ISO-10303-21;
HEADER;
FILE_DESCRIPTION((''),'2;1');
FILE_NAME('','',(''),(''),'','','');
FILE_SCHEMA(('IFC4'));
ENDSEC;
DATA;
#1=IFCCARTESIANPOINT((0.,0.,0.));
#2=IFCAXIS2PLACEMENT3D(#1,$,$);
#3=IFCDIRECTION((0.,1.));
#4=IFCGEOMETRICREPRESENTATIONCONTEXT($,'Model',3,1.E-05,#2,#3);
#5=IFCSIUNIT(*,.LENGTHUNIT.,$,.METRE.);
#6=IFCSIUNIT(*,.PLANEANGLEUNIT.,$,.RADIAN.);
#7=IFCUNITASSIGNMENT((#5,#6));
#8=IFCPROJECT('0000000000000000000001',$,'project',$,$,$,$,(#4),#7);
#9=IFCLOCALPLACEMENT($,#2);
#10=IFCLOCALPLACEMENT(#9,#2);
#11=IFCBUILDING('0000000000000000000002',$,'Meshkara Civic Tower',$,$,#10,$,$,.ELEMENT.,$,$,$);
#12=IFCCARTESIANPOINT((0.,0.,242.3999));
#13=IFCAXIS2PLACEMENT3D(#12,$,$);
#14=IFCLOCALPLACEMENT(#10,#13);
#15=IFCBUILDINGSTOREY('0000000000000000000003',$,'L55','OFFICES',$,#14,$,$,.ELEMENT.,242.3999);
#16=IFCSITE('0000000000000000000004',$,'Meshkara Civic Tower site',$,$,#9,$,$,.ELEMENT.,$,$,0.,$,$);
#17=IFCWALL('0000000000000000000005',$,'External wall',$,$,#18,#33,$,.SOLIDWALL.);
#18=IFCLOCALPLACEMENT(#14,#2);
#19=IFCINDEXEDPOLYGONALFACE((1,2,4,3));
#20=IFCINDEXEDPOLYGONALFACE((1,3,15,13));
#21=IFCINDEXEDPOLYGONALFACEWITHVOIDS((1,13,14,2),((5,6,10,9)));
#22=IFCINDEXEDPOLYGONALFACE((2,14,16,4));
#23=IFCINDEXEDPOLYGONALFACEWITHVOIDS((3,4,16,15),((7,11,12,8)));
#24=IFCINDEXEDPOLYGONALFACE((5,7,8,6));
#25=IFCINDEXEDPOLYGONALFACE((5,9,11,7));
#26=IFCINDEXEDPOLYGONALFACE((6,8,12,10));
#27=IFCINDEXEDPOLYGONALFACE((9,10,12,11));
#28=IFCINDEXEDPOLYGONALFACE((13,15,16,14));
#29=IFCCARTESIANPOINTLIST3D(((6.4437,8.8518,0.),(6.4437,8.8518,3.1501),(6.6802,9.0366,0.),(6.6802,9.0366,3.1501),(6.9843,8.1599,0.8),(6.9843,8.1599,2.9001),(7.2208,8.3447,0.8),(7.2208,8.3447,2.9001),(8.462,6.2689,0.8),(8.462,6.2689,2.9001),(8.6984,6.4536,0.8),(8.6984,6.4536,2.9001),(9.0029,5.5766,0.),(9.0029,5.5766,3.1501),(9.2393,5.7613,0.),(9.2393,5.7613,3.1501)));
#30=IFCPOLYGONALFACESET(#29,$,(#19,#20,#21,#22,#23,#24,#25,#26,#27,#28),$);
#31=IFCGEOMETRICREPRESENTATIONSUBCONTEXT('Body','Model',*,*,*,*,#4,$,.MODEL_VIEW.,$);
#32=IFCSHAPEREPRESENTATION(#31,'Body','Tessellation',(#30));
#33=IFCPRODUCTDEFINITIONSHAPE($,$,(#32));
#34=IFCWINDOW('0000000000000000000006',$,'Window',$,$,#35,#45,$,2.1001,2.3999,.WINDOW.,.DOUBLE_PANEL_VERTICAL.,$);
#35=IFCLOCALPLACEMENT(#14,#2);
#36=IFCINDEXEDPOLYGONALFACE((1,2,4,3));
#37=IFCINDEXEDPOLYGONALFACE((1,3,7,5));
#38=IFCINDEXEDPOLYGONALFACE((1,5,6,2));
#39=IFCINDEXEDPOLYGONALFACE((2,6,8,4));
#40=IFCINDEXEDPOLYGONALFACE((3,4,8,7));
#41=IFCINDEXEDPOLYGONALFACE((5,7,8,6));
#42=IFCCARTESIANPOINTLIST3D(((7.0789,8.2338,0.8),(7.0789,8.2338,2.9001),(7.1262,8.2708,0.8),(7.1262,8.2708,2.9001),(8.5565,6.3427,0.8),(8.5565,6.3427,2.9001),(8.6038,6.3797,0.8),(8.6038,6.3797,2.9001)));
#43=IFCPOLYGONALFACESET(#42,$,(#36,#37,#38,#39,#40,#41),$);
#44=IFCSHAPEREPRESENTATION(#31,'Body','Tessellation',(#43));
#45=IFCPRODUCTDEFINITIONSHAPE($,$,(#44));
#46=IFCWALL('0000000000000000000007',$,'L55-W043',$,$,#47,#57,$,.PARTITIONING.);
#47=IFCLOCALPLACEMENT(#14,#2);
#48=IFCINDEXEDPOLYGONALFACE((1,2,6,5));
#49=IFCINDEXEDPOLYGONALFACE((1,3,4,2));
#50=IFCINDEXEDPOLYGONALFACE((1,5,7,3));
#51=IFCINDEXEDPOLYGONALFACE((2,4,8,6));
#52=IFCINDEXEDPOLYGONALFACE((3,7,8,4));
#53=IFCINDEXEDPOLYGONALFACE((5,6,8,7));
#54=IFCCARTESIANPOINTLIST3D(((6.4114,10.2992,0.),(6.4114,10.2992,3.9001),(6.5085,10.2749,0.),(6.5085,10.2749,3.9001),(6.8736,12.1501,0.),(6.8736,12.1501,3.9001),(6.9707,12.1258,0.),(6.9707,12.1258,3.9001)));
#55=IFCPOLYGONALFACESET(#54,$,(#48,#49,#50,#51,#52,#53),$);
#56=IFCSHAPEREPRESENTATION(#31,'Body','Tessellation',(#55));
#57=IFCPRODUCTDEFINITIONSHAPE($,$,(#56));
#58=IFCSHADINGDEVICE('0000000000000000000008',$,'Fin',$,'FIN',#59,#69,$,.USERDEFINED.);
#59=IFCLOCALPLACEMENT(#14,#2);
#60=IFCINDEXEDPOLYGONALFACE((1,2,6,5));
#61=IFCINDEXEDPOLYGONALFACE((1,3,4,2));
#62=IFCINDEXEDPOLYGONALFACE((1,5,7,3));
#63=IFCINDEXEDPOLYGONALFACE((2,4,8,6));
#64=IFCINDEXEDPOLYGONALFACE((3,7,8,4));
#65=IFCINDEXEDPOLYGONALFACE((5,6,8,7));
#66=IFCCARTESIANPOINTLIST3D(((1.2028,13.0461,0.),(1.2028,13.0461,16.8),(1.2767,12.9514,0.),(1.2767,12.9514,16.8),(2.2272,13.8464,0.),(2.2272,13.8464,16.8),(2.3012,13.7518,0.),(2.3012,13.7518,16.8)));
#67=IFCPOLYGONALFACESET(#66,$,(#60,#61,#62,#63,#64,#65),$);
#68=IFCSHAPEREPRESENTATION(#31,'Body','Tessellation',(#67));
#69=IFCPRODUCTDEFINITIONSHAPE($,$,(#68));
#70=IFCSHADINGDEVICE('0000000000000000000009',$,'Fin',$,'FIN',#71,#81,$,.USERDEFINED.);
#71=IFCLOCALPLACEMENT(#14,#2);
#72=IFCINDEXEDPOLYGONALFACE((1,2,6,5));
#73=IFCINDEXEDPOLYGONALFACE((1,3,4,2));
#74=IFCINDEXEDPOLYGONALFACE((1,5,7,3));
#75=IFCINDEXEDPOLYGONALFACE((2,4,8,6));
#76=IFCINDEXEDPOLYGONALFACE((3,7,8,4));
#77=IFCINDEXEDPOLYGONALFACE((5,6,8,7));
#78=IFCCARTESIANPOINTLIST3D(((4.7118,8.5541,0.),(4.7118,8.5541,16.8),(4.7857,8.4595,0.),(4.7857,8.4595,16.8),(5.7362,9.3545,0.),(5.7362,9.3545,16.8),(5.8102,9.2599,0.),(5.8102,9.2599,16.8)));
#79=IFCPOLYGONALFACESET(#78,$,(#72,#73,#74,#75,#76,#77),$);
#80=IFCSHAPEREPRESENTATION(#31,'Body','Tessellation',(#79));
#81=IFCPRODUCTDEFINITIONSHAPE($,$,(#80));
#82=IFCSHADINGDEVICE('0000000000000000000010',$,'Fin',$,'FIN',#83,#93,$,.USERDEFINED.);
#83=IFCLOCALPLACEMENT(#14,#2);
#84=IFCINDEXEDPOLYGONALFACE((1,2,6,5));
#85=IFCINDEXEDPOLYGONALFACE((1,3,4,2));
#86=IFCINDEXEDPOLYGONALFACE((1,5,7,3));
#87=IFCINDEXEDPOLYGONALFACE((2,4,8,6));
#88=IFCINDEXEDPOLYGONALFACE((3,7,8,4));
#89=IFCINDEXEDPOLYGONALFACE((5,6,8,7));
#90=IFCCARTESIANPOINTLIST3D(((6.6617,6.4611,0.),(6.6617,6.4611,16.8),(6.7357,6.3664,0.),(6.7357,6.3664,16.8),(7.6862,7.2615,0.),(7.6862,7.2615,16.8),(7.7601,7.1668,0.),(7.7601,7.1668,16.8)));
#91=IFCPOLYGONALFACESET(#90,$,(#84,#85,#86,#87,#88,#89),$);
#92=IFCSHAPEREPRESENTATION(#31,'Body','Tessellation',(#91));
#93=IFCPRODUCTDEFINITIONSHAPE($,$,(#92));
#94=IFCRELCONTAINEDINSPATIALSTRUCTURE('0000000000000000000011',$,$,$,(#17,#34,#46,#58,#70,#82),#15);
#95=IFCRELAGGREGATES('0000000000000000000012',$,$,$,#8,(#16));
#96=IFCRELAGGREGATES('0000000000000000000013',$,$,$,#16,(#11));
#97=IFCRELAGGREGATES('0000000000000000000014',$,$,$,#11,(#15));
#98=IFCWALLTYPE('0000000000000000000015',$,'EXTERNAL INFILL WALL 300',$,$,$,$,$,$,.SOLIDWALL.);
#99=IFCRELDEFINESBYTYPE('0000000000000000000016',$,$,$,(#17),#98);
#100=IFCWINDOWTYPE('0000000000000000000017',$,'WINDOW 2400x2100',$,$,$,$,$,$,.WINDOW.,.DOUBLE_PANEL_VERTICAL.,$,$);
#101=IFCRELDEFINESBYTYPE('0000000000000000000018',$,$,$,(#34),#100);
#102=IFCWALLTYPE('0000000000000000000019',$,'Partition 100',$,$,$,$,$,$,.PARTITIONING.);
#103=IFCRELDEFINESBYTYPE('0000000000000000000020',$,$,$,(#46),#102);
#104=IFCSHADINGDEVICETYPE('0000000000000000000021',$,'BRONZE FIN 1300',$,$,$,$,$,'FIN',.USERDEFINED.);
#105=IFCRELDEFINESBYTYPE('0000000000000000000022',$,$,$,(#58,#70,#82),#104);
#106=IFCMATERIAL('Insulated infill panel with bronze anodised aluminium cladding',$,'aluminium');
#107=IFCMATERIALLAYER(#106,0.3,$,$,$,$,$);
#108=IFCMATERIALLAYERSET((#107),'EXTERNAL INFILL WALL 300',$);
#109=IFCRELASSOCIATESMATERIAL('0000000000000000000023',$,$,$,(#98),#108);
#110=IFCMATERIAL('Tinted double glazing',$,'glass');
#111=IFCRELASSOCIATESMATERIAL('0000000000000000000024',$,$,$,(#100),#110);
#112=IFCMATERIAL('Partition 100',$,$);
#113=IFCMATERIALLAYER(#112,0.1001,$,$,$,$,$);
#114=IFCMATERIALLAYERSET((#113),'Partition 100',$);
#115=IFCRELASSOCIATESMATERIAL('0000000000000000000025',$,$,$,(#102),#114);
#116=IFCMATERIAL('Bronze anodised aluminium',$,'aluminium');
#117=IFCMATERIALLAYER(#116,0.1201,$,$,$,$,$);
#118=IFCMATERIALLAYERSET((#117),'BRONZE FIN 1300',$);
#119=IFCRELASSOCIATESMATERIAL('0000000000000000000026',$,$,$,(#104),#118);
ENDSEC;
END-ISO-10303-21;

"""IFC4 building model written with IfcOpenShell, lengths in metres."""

from ifc_helpers import new_model, si_unit, direction, frame, frame_2d, origin, origin_2d, place, context, subcontext, project, spatial, rectangle, extrude, material, layer, layer_set, type_object, element, fill, save


model = new_model("IFC4")

# Units and contexts
model_context = context("Model", 3, precision=1e-05, world=origin(), true_north=direction((0.0, 1.0)))
body_context = subcontext(model_context, "Body", "Model", "MODEL_VIEW")
ifc_project = project(units=[si_unit("LENGTHUNIT", "METRE"), si_unit("PLANEANGLEUNIT", "RADIAN")], contexts=[model_context])

# Site, building, storey
site_placement = place(None, origin())
site = spatial("IfcSite", under=ifc_project, at=site_placement, Name="Meshkara Civic Tower site", CompositionType="ELEMENT", RefElevation=0.0)
building_placement = place(site_placement, origin())
building = spatial("IfcBuilding", under=site, at=building_placement, Name="Meshkara Civic Tower", CompositionType="ELEMENT")
storey_placement = place(building_placement, frame((0.0, 0.0, 242.3999)))
storey = spatial("IfcBuildingStorey", under=building, at=storey_placement, Name="L55", Description="OFFICES", CompositionType="ELEMENT", Elevation=242.3999)

# Wall, opening, window
ifc_material_1 = material(Name="Insulated infill panel with bronze anodised aluminium cladding", Category="aluminium")
ifc_layer_1 = layer(ifc_material_1, 0.3)
ifc_layer_set_1 = layer_set([ifc_layer_1], Name="EXTERNAL INFILL WALL 300")
wall_type_1 = type_object("IfcWallType", Name="EXTERNAL INFILL WALL 300", PredefinedType="SOLIDWALL", material=ifc_layer_set_1)
ifc_material_2 = material(Name="Tinted double glazing", Category="glass")
window_type = type_object("IfcWindowType", Name="WINDOW 2400x2100", PartitioningType="DOUBLE_PANEL_VERTICAL", PredefinedType="WINDOW", material=ifc_material_2)
wall_1_placement = place(storey_placement, frame((6.562, 8.9441, 0.0), z_axis=(0.0, 0.0, 1.0), x_axis=(0.6157, -0.787981, 0.0)))
wall_1 = element("IfcWall", 1, at=wall_1_placement, inside=storey, type_object=wall_type_1, Name="External wall", PredefinedType="SOLIDWALL", context=body_context, shape_type="SweptSolid", body=[
    extrude(rectangle(XDim=4.1565, YDim=0.3, at=frame_2d((2.0781, 0.0))), origin(), (0.0, 0.0, 1.0), 3.1501),
])
opening_1_placement = place(wall_1_placement, frame((0.8779, 0.0, 0.8)))
opening_1 = element("IfcOpeningElement", 2, at=opening_1_placement, cuts=wall_1, PredefinedType="OPENING", context=body_context, shape_type="SweptSolid", body=[
    extrude(rectangle(XDim=2.3999, YDim=2.1001, at=frame_2d((1.2, 1.05))), frame((0.0, 0.1599, 0.0), z_axis=(0.0, -1.0, 0.0), x_axis=(1.0, 0.0, 0.0)), (0.0, 0.0, 1.0), 0.3201),
])
window_1_placement = place(opening_1_placement, origin())
window_1 = element("IfcWindow", 3, at=window_1_placement, inside=storey, type_object=window_type, Name="Window", OverallHeight=2.1001, OverallWidth=2.3999, PartitioningType="DOUBLE_PANEL_VERTICAL", PredefinedType="WINDOW", context=body_context, shape_type="SweptSolid", body=[
    extrude(rectangle(XDim=2.3999, YDim=2.1001, at=frame_2d((1.2, 1.05))), frame((0.0, 0.03, 0.0), z_axis=(0.0, -1.0, 0.0), x_axis=(1.0, 0.0, 0.0)), (0.0, 0.0, 1.0), 0.0601),
])
fill(opening_1, window_1)

# Wall
ifc_material_3 = material(Name="Partition 100")
ifc_layer_2 = layer(ifc_material_3, 0.1001)
ifc_layer_set_2 = layer_set([ifc_layer_2], Name="Partition 100")
wall_type_2 = type_object("IfcWallType", Name="Partition 100", PredefinedType="PARTITIONING", material=ifc_layer_set_2)
wall_2_placement = place(storey_placement, frame((6.9221, 12.1379, 0.0), z_axis=(0.0, 0.0, 1.0), x_axis=(-0.242265, -0.97021, 0.0)))
element("IfcWall", 4, at=wall_2_placement, inside=storey, type_object=wall_type_2, Name="L55-W043", PredefinedType="PARTITIONING", context=body_context, shape_type="SweptSolid", body=[
    extrude(rectangle(XDim=1.9077, YDim=0.1001, at=frame_2d((0.9539, 0.0))), origin(), (0.0, 0.0, 1.0), 3.9001),
])

# Shading devices
ifc_material_4 = material(Name="Bronze anodised aluminium", Category="aluminium")
ifc_layer_3 = layer(ifc_material_4, 0.1201)
ifc_layer_set_3 = layer_set([ifc_layer_3], Name="BRONZE FIN 1300")
shading_device_type = type_object("IfcShadingDeviceType", Name="BRONZE FIN 1300", ElementType="FIN", PredefinedType="USERDEFINED", material=ifc_layer_set_3)
for number, where, z_axis, x_axis, name in (
    (5, (1.752, 13.3989, 0.0), (0.0, 0.0, 1.0), (0.615661, -0.788011, 0.0), "Fin"),
    (6, (5.261, 8.907, 0.0), (0.0, 0.0, 1.0), (0.615661, -0.788011, 0.0), "Fin"),
    (7, (7.2109, 6.814, 0.0), (0.0, 0.0, 1.0), (0.615661, -0.788011, 0.0), "Fin"),
):
    element("IfcShadingDevice", number, at=place(storey_placement, frame(where, z_axis=z_axis, x_axis=x_axis)), inside=storey, type_object=shading_device_type, Name=name, ObjectType="FIN", PredefinedType="USERDEFINED", context=body_context, shape_type="SweptSolid", body=[
        extrude(rectangle(XDim=0.1201, YDim=1.3, at=origin_2d()), origin(), (0.0, 0.0, 1.0), 16.8),
    ])

save(model, "model.ifc")
